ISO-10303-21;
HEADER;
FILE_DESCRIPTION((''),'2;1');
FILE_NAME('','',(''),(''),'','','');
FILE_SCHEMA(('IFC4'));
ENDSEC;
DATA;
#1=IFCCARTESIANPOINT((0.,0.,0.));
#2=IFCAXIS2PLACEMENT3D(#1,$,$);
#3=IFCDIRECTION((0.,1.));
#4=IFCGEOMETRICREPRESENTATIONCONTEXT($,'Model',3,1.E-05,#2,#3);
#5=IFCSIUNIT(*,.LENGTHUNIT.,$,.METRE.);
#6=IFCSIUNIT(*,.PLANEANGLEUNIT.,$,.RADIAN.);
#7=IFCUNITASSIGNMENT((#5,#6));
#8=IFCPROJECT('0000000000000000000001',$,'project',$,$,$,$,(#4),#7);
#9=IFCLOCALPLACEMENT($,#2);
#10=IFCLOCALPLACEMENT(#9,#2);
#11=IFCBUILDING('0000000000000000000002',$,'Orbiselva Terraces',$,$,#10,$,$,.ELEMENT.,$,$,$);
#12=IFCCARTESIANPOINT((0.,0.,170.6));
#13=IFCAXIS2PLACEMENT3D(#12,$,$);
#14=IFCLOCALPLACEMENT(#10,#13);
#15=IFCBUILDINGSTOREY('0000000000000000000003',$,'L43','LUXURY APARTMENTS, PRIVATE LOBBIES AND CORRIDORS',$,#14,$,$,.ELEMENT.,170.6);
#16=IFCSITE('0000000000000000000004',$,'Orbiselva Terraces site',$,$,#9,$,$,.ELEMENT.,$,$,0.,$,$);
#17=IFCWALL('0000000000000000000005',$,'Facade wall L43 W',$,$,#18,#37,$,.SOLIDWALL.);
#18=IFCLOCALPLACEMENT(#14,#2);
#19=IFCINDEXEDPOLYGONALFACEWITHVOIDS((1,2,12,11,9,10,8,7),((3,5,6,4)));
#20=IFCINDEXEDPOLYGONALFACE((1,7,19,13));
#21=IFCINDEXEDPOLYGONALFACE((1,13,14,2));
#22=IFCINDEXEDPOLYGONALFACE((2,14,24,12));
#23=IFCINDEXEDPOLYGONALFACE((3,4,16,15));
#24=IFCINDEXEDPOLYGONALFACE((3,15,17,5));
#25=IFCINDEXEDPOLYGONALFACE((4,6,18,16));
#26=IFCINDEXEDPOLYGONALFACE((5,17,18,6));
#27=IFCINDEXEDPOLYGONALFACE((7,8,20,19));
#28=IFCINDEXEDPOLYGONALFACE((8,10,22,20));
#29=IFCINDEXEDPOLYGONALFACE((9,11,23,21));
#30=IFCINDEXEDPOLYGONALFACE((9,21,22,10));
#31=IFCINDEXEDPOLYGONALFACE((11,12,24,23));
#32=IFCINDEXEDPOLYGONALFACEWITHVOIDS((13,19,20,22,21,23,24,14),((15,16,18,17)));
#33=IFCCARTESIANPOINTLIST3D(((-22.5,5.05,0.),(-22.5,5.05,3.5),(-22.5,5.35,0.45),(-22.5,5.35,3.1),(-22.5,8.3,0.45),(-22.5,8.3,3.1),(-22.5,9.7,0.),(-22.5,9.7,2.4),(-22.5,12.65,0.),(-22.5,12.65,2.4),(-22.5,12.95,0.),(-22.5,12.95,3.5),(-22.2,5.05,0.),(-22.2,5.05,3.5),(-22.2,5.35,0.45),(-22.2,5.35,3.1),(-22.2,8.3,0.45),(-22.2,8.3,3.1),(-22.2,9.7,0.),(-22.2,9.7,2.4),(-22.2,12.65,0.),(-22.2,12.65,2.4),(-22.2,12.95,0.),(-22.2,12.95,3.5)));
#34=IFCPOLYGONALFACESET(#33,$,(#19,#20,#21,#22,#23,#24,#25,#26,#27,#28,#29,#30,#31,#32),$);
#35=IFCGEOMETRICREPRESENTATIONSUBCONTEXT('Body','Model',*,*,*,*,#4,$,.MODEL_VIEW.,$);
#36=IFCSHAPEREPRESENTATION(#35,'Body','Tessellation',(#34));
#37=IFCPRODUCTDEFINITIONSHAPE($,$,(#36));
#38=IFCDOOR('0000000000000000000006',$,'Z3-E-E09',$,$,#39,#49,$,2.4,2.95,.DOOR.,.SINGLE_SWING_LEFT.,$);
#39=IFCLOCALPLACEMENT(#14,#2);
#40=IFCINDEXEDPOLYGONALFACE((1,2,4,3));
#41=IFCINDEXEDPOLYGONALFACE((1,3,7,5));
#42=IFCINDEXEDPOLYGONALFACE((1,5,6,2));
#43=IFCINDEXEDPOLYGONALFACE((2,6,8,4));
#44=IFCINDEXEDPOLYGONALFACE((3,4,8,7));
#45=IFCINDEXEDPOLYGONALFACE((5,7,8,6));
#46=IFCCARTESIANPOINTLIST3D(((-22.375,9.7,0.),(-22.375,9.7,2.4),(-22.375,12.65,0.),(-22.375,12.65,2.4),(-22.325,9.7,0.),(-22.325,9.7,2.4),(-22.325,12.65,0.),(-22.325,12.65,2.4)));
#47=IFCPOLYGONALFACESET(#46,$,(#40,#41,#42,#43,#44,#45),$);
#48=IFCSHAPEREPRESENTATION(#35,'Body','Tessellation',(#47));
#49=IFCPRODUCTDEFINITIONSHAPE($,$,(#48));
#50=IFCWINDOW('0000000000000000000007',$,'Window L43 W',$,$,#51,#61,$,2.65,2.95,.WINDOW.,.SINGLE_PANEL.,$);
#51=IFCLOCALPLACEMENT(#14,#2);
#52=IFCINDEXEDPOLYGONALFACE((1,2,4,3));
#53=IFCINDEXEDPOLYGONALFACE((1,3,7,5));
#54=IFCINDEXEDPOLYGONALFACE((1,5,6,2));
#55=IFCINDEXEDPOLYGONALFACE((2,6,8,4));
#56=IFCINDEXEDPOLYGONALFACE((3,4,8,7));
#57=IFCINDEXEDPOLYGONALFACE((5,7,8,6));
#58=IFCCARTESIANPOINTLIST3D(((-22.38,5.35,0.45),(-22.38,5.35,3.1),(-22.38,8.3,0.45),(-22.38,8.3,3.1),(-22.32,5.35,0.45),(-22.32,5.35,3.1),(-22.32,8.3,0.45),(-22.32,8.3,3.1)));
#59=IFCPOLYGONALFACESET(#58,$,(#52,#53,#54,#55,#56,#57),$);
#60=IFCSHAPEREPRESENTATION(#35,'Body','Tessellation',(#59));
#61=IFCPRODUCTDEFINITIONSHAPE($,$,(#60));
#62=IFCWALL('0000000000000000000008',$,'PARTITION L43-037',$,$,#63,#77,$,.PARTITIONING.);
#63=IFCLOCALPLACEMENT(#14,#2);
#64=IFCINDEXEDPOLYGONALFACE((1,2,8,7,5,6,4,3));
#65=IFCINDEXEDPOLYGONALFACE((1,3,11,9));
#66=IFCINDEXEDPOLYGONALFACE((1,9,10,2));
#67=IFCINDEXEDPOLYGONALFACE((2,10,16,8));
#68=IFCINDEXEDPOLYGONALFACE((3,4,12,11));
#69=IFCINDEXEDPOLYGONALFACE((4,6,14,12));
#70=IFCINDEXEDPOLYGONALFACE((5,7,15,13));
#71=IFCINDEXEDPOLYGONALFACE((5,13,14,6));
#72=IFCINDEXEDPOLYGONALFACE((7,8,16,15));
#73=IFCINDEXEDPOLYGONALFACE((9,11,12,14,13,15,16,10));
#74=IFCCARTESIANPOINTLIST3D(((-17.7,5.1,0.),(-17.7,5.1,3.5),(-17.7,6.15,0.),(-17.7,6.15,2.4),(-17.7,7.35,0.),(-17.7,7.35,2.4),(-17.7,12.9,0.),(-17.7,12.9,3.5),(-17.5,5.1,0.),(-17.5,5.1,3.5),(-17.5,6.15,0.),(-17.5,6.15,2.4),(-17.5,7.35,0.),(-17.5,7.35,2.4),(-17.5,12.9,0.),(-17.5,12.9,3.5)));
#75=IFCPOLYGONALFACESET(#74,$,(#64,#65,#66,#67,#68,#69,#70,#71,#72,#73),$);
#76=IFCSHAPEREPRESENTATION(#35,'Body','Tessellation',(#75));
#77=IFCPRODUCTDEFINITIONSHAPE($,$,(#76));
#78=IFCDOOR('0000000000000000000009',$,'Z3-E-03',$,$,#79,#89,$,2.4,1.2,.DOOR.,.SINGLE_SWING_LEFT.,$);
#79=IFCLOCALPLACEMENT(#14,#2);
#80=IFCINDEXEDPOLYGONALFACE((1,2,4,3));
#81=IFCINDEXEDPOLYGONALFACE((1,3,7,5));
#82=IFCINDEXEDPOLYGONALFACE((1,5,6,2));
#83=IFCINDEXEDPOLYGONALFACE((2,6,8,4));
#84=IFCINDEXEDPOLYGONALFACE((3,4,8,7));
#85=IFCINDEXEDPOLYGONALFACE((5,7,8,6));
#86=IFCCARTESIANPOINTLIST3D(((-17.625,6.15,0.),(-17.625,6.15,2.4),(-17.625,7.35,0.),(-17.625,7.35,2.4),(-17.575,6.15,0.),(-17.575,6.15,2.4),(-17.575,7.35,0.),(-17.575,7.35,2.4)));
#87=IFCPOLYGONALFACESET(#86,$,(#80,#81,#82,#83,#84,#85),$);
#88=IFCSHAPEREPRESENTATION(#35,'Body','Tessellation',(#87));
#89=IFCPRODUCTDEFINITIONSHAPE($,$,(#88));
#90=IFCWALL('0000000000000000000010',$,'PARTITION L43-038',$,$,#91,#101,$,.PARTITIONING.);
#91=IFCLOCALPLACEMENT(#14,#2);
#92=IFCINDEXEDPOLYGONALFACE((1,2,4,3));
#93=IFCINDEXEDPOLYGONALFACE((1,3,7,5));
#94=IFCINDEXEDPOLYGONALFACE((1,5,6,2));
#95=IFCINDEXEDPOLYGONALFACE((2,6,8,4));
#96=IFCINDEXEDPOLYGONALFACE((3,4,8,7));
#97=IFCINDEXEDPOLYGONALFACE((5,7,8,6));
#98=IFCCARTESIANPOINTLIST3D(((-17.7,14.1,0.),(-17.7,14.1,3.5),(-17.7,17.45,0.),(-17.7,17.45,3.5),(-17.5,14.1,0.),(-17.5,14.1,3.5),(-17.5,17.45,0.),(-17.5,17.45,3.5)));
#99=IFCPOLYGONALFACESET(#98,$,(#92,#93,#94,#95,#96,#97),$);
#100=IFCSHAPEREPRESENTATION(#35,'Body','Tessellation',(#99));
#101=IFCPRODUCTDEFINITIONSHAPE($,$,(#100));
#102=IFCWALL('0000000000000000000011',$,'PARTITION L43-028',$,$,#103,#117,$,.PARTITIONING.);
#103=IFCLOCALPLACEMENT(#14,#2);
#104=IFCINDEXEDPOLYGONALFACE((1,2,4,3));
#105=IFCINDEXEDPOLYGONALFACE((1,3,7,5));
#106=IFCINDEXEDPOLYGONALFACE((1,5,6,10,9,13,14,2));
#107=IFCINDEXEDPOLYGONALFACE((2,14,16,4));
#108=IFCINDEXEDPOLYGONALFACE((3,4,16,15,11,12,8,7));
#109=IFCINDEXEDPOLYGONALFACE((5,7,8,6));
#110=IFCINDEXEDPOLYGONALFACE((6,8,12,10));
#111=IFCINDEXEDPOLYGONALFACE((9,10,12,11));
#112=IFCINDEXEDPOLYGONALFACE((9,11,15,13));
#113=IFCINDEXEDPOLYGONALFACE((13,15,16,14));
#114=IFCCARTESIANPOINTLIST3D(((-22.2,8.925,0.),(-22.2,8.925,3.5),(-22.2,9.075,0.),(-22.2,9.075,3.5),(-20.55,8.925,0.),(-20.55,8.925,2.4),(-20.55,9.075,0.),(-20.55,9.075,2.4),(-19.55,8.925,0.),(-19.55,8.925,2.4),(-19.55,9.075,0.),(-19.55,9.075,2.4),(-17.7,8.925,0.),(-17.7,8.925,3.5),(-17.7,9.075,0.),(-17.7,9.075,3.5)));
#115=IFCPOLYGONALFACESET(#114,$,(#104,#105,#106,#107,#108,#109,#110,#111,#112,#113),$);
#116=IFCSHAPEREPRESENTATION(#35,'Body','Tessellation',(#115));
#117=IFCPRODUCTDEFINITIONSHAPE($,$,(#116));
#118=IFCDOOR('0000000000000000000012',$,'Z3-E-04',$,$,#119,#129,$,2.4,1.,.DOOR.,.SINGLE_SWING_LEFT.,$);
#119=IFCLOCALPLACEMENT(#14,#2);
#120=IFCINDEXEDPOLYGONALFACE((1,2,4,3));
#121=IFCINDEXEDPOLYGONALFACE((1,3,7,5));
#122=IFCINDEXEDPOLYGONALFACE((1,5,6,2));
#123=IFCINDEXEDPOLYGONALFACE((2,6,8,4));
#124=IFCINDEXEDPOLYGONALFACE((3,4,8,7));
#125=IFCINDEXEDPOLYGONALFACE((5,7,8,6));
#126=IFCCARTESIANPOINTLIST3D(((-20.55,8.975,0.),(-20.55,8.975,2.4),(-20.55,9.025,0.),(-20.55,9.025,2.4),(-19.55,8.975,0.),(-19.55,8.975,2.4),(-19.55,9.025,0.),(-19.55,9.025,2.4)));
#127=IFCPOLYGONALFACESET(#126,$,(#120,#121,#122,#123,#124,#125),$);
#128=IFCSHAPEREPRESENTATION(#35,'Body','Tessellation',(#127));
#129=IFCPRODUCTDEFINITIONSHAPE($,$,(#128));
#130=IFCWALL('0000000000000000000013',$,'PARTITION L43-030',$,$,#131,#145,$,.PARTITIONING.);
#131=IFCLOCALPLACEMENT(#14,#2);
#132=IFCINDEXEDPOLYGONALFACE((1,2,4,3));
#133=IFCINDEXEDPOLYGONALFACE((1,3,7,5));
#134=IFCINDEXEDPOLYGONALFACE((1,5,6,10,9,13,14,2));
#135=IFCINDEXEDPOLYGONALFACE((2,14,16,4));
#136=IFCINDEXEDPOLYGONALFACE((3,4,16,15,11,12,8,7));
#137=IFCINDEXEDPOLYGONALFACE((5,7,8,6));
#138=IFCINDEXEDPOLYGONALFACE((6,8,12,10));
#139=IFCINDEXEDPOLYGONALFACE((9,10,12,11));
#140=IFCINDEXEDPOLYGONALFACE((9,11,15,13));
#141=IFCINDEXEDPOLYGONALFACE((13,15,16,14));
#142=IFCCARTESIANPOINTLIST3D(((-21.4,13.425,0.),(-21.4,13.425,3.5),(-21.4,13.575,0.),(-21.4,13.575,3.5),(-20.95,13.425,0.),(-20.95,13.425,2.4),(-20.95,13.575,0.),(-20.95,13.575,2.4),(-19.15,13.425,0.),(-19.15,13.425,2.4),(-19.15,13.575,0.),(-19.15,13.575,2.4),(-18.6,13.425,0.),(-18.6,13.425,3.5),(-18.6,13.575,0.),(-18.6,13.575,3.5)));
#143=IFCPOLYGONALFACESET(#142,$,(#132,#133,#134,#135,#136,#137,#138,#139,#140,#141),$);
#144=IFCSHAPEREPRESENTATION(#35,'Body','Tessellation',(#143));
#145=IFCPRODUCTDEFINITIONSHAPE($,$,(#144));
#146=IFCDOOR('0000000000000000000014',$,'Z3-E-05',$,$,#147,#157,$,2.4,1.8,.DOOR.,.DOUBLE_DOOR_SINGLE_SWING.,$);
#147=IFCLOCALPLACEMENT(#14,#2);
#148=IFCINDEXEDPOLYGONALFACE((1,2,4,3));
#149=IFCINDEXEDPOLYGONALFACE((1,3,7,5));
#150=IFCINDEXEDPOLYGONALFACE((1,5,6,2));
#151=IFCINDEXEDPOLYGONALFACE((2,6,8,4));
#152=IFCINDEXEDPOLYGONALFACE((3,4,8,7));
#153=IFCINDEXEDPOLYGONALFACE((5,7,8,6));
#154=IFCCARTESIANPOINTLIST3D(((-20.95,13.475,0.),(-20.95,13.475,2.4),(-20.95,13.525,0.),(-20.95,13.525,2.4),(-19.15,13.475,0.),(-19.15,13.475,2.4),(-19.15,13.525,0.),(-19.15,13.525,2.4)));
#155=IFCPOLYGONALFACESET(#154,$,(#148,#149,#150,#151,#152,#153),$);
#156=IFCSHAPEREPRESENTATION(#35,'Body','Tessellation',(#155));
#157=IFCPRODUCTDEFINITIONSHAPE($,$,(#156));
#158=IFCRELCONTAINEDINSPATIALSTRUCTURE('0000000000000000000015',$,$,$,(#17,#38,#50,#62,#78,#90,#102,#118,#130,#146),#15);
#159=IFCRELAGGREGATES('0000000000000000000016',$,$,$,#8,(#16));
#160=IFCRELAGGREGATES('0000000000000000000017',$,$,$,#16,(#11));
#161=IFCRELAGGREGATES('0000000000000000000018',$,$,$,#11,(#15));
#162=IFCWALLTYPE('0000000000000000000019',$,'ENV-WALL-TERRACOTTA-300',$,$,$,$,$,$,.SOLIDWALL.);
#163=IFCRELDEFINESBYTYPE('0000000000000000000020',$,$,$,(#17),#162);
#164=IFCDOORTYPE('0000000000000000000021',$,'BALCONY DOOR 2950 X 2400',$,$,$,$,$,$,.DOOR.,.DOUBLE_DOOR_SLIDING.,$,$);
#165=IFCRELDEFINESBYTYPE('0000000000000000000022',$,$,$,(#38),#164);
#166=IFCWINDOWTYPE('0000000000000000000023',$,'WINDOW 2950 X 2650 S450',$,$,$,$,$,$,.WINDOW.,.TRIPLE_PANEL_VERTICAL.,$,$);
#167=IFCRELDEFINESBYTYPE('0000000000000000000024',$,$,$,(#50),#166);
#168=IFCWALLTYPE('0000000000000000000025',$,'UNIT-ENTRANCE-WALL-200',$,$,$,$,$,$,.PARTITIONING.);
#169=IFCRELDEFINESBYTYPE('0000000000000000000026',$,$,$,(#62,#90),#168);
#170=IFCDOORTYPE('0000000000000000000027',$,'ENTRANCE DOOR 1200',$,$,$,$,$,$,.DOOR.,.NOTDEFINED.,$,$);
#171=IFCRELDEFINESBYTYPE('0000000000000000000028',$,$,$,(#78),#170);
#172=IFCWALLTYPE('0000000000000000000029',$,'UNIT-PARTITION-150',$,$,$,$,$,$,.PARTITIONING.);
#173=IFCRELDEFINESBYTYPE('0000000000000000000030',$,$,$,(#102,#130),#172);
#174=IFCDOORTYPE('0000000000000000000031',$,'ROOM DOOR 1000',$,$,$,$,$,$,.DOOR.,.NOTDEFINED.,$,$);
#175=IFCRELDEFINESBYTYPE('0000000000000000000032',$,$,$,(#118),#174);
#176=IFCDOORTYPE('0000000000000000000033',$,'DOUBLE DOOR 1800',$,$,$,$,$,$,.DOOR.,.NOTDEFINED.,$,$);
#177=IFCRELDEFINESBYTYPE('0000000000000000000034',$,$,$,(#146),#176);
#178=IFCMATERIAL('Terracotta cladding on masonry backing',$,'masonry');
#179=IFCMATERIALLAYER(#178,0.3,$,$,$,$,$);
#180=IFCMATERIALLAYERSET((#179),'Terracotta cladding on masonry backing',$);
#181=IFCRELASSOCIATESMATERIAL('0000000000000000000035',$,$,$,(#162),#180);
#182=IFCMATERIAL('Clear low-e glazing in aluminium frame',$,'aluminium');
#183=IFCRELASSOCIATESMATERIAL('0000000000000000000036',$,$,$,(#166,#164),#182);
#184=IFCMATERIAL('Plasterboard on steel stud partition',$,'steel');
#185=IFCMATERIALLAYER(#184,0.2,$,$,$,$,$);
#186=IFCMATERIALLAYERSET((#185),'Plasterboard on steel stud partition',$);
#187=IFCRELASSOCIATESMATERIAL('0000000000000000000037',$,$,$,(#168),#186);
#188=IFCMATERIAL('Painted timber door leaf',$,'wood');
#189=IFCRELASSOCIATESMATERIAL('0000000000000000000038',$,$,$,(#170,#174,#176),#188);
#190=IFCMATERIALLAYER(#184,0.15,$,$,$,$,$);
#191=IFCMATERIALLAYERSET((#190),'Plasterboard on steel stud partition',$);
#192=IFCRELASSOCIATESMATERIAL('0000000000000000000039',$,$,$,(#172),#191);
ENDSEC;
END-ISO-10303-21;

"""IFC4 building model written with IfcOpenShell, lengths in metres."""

from ifc_helpers import new_model, si_unit, direction, frame, frame_2d, origin, place, context, subcontext, project, spatial, rectangle, extrude, material, layer, layer_set, type_object, element, fill, save


model = new_model("IFC4")

# Units and contexts
model_context = context("Model", 3, precision=1e-05, world=origin(), true_north=direction((0.0, 1.0)))
body_context = subcontext(model_context, "Body", "Model", "MODEL_VIEW")
ifc_project = project(units=[si_unit("LENGTHUNIT", "METRE"), si_unit("PLANEANGLEUNIT", "RADIAN")], contexts=[model_context])

# Site, building, storey
site_placement = place(None, origin())
site = spatial("IfcSite", under=ifc_project, at=site_placement, Name="Orbiselva Terraces site", CompositionType="ELEMENT", RefElevation=0.0)
building_placement = place(site_placement, origin())
building = spatial("IfcBuilding", under=site, at=building_placement, Name="Orbiselva Terraces", CompositionType="ELEMENT")
storey_placement = place(building_placement, frame((0.0, 0.0, 170.6)))
storey = spatial("IfcBuildingStorey", under=building, at=storey_placement, Name="L43", Description="LUXURY APARTMENTS, PRIVATE LOBBIES AND CORRIDORS", CompositionType="ELEMENT", Elevation=170.6)

# Shared definitions
ifc_material_1 = material(Name="Terracotta cladding on masonry backing", Category="masonry")
ifc_layer_1 = layer(ifc_material_1, 0.3)
ifc_layer_set_1 = layer_set([ifc_layer_1], Name="Terracotta cladding on masonry backing")
wall_type_1 = type_object("IfcWallType", Name="ENV-WALL-TERRACOTTA-300", PredefinedType="SOLIDWALL", material=ifc_layer_set_1)
ifc_material_2 = material(Name="Clear low-e glazing in aluminium frame", Category="aluminium")
window_type = type_object("IfcWindowType", Name="WINDOW 2950 X 2650 S450", PartitioningType="TRIPLE_PANEL_VERTICAL", PredefinedType="WINDOW", material=ifc_material_2)

# Wall, openings, door, window
wall_1_placement = place(storey_placement, frame((-22.35, 5.05, 0.0), z_axis=(0.0, 0.0, 1.0), x_axis=(0.0, 1.0, 0.0)))
wall_1 = element("IfcWall", 1, at=wall_1_placement, inside=storey, type_object=wall_type_1, Name="Facade wall L43 W", PredefinedType="SOLIDWALL", context=body_context, shape_type="SweptSolid", body=[
    extrude(rectangle(XDim=7.9, YDim=0.3, at=frame_2d((3.95, 0.0))), origin(), (0.0, 0.0, 1.0), 3.5),
])
opening_1_placement = place(wall_1_placement, frame((4.65, 0.0, 0.0)))
opening_1 = element("IfcOpeningElement", 2, at=opening_1_placement, cuts=wall_1, PredefinedType="OPENING", context=body_context, shape_type="SweptSolid", body=[
    extrude(rectangle(XDim=2.95, YDim=2.4, at=frame_2d((1.475, 1.2))), frame((0.0, 0.16, 0.0), z_axis=(0.0, -1.0, 0.0), x_axis=(1.0, 0.0, 0.0)), (0.0, 0.0, 1.0), 0.32),
])
opening_2_placement = place(wall_1_placement, frame((0.3, 0.0, 0.45)))
opening_2 = element("IfcOpeningElement", 3, at=opening_2_placement, cuts=wall_1, PredefinedType="OPENING", context=body_context, shape_type="SweptSolid", body=[
    extrude(rectangle(XDim=2.95, YDim=2.65, at=frame_2d((1.475, 1.325))), frame((0.0, 0.16, 0.0), z_axis=(0.0, -1.0, 0.0), x_axis=(1.0, 0.0, 0.0)), (0.0, 0.0, 1.0), 0.32),
])
door_type_1 = type_object("IfcDoorType", Name="BALCONY DOOR 2950 X 2400", OperationType="DOUBLE_DOOR_SLIDING", PredefinedType="DOOR", material=ifc_material_2)
door_1_placement = place(opening_1_placement, origin())
door_1 = element("IfcDoor", 4, at=door_1_placement, inside=storey, type_object=door_type_1, Name="Z3-E-E09", OperationType="SINGLE_SWING_LEFT", OverallHeight=2.4, OverallWidth=2.95, PredefinedType="DOOR", context=body_context, shape_type="SweptSolid", body=[
    extrude(rectangle(XDim=2.95, YDim=2.4, at=frame_2d((1.475, 1.2))), frame((0.0, 0.025, 0.0), z_axis=(0.0, -1.0, 0.0), x_axis=(1.0, 0.0, 0.0)), (0.0, 0.0, 1.0), 0.05),
])
fill(opening_1, door_1)
window_1_placement = place(opening_2_placement, origin())
window_1 = element("IfcWindow", 5, at=window_1_placement, inside=storey, type_object=window_type, Name="Window L43 W", OverallHeight=2.65, OverallWidth=2.95, PartitioningType="SINGLE_PANEL", PredefinedType="WINDOW", context=body_context, shape_type="SweptSolid", body=[
    extrude(rectangle(XDim=2.95, YDim=2.65, at=frame_2d((1.475, 1.325))), frame((0.0, 0.03, 0.0), z_axis=(0.0, -1.0, 0.0), x_axis=(1.0, 0.0, 0.0)), (0.0, 0.0, 1.0), 0.06),
])
fill(opening_2, window_1)

# Wall, opening, door
ifc_material_3 = material(Name="Plasterboard on steel stud partition", Category="steel")
ifc_layer_2 = layer(ifc_material_3, 0.2)
ifc_layer_set_2 = layer_set([ifc_layer_2], Name="Plasterboard on steel stud partition")
wall_type_2 = type_object("IfcWallType", Name="UNIT-ENTRANCE-WALL-200", PredefinedType="PARTITIONING", material=ifc_layer_set_2)
wall_2_placement = place(storey_placement, frame((-17.6, 5.1, 0.0), z_axis=(0.0, 0.0, 1.0), x_axis=(0.0, 1.0, 0.0)))
wall_2 = element("IfcWall", 6, at=wall_2_placement, inside=storey, type_object=wall_type_2, Name="PARTITION L43-037", PredefinedType="PARTITIONING", context=body_context, shape_type="SweptSolid", body=[
    extrude(rectangle(XDim=7.8, YDim=0.2, at=frame_2d((3.9, 0.0))), origin(), (0.0, 0.0, 1.0), 3.5),
])
opening_3_placement = place(wall_2_placement, frame((1.05, 0.0, 0.0)))
opening_3 = element("IfcOpeningElement", 7, at=opening_3_placement, cuts=wall_2, PredefinedType="OPENING", context=body_context, shape_type="SweptSolid", body=[
    extrude(rectangle(XDim=1.2, YDim=2.4, at=frame_2d((0.6, 1.2))), frame((0.0, 0.11, 0.0), z_axis=(0.0, -1.0, 0.0), x_axis=(1.0, 0.0, 0.0)), (0.0, 0.0, 1.0), 0.22),
])
ifc_material_4 = material(Name="Painted timber door leaf", Category="wood")
door_type_2 = type_object("IfcDoorType", Name="ENTRANCE DOOR 1200", OperationType="NOTDEFINED", PredefinedType="DOOR", material=ifc_material_4)
door_2_placement = place(opening_3_placement, origin())
door_2 = element("IfcDoor", 8, at=door_2_placement, inside=storey, type_object=door_type_2, Name="Z3-E-03", OperationType="SINGLE_SWING_LEFT", OverallHeight=2.4, OverallWidth=1.2, PredefinedType="DOOR", context=body_context, shape_type="SweptSolid", body=[
    extrude(rectangle(XDim=1.2, YDim=2.4, at=frame_2d((0.6, 1.2))), frame((0.0, 0.025, 0.0), z_axis=(0.0, -1.0, 0.0), x_axis=(1.0, 0.0, 0.0)), (0.0, 0.0, 1.0), 0.05),
])
fill(opening_3, door_2)

# Wall
wall_3_placement = place(storey_placement, frame((-17.6, 14.1, 0.0), z_axis=(0.0, 0.0, 1.0), x_axis=(0.0, 1.0, 0.0)))
element("IfcWall", 9, at=wall_3_placement, inside=storey, type_object=wall_type_2, Name="PARTITION L43-038", PredefinedType="PARTITIONING", context=body_context, shape_type="SweptSolid", body=[
    extrude(rectangle(XDim=3.35, YDim=0.2, at=frame_2d((1.675, 0.0))), origin(), (0.0, 0.0, 1.0), 3.5),
])

# Walls, openings, doors
ifc_layer_3 = layer(ifc_material_3, 0.15)
ifc_layer_set_3 = layer_set([ifc_layer_3], Name="Plasterboard on steel stud partition")
wall_type_3 = type_object("IfcWallType", Name="UNIT-PARTITION-150", PredefinedType="PARTITIONING", material=ifc_layer_set_3)
wall_4_placement = place(storey_placement, frame((-22.2, 9.0, 0.0), z_axis=(0.0, 0.0, 1.0), x_axis=(1.0, 0.0, 0.0)))
wall_4 = element("IfcWall", 10, at=wall_4_placement, inside=storey, type_object=wall_type_3, Name="PARTITION L43-028", PredefinedType="PARTITIONING", context=body_context, shape_type="SweptSolid", body=[
    extrude(rectangle(XDim=4.5, YDim=0.15, at=frame_2d((2.25, 0.0))), origin(), (0.0, 0.0, 1.0), 3.5),
])
opening_4_placement = place(wall_4_placement, frame((1.65, 0.0, 0.0)))
opening_4 = element("IfcOpeningElement", 11, at=opening_4_placement, cuts=wall_4, PredefinedType="OPENING", context=body_context, shape_type="SweptSolid", body=[
    extrude(rectangle(XDim=1.0, YDim=2.4, at=frame_2d((0.5, 1.2))), frame((0.0, 0.085, 0.0), z_axis=(0.0, -1.0, 0.0), x_axis=(1.0, 0.0, 0.0)), (0.0, 0.0, 1.0), 0.17),
])
door_type_3 = type_object("IfcDoorType", Name="ROOM DOOR 1000", OperationType="NOTDEFINED", PredefinedType="DOOR", material=ifc_material_4)
door_3_placement = place(opening_4_placement, origin())
door_3 = element("IfcDoor", 12, at=door_3_placement, inside=storey, type_object=door_type_3, Name="Z3-E-04", OperationType="SINGLE_SWING_LEFT", OverallHeight=2.4, OverallWidth=1.0, PredefinedType="DOOR", context=body_context, shape_type="SweptSolid", body=[
    extrude(rectangle(XDim=1.0, YDim=2.4, at=frame_2d((0.5, 1.2))), frame((0.0, 0.025, 0.0), z_axis=(0.0, -1.0, 0.0), x_axis=(1.0, 0.0, 0.0)), (0.0, 0.0, 1.0), 0.05),
])
fill(opening_4, door_3)
wall_5_placement = place(storey_placement, frame((-21.4, 13.5, 0.0), z_axis=(0.0, 0.0, 1.0), x_axis=(1.0, 0.0, 0.0)))
wall_5 = element("IfcWall", 13, at=wall_5_placement, inside=storey, type_object=wall_type_3, Name="PARTITION L43-030", PredefinedType="PARTITIONING", context=body_context, shape_type="SweptSolid", body=[
    extrude(rectangle(XDim=2.8, YDim=0.15, at=frame_2d((1.4, 0.0))), origin(), (0.0, 0.0, 1.0), 3.5),
])
opening_5_placement = place(wall_5_placement, frame((0.45, 0.0, 0.0)))
opening_5 = element("IfcOpeningElement", 14, at=opening_5_placement, cuts=wall_5, PredefinedType="OPENING", context=body_context, shape_type="SweptSolid", body=[
    extrude(rectangle(XDim=1.8, YDim=2.4, at=frame_2d((0.9, 1.2))), frame((0.0, 0.085, 0.0), z_axis=(0.0, -1.0, 0.0), x_axis=(1.0, 0.0, 0.0)), (0.0, 0.0, 1.0), 0.17),
])
door_type_4 = type_object("IfcDoorType", Name="DOUBLE DOOR 1800", OperationType="NOTDEFINED", PredefinedType="DOOR", material=ifc_material_4)
door_4_placement = place(opening_5_placement, origin())
door_4 = element("IfcDoor", 15, at=door_4_placement, inside=storey, type_object=door_type_4, Name="Z3-E-05", OperationType="DOUBLE_DOOR_SINGLE_SWING", OverallHeight=2.4, OverallWidth=1.8, PredefinedType="DOOR", context=body_context, shape_type="SweptSolid", body=[
    extrude(rectangle(XDim=1.8, YDim=2.4, at=frame_2d((0.9, 1.2))), frame((0.0, 0.025, 0.0), z_axis=(0.0, -1.0, 0.0), x_axis=(1.0, 0.0, 0.0)), (0.0, 0.0, 1.0), 0.05),
])
fill(opening_5, door_4)

save(model, "model.ifc")
